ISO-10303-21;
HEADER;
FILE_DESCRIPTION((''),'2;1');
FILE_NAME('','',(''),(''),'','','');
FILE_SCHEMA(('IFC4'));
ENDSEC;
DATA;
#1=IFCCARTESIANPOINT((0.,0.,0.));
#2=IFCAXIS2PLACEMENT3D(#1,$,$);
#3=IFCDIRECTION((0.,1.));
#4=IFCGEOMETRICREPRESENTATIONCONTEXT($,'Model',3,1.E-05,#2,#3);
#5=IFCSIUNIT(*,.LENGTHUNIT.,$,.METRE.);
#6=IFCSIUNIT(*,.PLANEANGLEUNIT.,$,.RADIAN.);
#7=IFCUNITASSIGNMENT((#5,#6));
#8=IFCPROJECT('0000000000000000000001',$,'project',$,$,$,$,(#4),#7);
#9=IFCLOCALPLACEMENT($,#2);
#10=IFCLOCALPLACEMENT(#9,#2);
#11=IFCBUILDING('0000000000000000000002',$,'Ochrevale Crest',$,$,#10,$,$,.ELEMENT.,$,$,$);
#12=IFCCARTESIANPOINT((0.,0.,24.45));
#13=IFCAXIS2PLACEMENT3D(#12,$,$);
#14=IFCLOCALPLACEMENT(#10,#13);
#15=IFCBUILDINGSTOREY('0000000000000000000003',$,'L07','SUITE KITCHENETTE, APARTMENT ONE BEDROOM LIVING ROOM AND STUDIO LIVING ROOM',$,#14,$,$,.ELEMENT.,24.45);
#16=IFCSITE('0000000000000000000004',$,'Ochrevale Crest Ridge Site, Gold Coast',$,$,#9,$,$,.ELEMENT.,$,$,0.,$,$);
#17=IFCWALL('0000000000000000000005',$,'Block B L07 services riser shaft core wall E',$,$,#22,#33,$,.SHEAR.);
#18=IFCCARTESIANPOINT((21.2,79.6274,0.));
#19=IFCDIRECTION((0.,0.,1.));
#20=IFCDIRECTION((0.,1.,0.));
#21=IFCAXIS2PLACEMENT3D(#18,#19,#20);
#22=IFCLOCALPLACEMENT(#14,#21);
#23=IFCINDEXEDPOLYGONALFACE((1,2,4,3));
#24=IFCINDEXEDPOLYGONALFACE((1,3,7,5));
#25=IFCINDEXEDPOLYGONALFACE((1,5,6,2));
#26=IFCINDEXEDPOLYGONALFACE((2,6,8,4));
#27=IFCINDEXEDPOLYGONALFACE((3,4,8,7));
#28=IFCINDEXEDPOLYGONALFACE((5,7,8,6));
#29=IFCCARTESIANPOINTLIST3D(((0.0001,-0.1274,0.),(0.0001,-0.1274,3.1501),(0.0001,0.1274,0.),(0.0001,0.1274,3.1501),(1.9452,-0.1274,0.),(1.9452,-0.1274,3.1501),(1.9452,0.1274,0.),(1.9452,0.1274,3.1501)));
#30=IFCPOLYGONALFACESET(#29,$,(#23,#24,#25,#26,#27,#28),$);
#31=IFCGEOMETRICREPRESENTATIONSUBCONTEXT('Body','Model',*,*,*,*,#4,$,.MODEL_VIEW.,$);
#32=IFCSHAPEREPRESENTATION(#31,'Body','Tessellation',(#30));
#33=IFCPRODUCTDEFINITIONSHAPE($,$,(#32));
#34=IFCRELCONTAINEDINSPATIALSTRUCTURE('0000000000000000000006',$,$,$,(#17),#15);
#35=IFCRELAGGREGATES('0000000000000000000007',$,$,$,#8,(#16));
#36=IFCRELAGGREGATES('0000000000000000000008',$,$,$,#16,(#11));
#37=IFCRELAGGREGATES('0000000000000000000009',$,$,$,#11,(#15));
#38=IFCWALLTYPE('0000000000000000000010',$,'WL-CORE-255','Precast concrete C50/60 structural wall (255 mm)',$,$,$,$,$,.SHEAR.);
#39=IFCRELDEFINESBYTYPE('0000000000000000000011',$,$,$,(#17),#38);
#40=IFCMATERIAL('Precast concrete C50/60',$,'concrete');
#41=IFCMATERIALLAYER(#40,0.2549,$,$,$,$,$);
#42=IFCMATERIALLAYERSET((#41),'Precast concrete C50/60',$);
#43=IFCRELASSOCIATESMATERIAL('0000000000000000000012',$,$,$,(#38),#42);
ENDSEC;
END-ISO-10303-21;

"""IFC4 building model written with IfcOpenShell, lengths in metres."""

from ifc_helpers import new_model, si_unit, direction, frame, frame_2d, origin, place, context, subcontext, project, spatial, rectangle, extrude, material, layer, layer_set, type_object, element, save


model = new_model("IFC4")

# Units and contexts
model_context = context("Model", 3, precision=1e-05, world=origin(), true_north=direction((0.0, 1.0)))
body_context = subcontext(model_context, "Body", "Model", "MODEL_VIEW")
ifc_project = project(units=[si_unit("LENGTHUNIT", "METRE"), si_unit("PLANEANGLEUNIT", "RADIAN")], contexts=[model_context])

# Site, building, storey
site_placement = place(None, origin())
site = spatial("IfcSite", under=ifc_project, at=site_placement, Name="Ochrevale Crest Ridge Site, Gold Coast", CompositionType="ELEMENT", RefElevation=0.0)
building_placement = place(site_placement, origin())
building = spatial("IfcBuilding", under=site, at=building_placement, Name="Ochrevale Crest", CompositionType="ELEMENT")
storey_placement = place(building_placement, frame((0.0, 0.0, 24.45)))
storey = spatial("IfcBuildingStorey", under=building, at=storey_placement, Name="L07", Description="SUITE KITCHENETTE, APARTMENT ONE BEDROOM LIVING ROOM AND STUDIO LIVING ROOM", CompositionType="ELEMENT", Elevation=24.45)

# Shared definitions
ifc_material_1 = material(Name="Precast concrete C50/60", Category="concrete")

# Shared definitions
ifc_layer_1 = layer(ifc_material_1, 0.2549)
ifc_layer_set_1 = layer_set([ifc_layer_1], Name="Precast concrete C50/60")
wall_type_1 = type_object("IfcWallType", Name="WL-CORE-255", Description="Precast concrete C50/60 structural wall (255 mm)", PredefinedType="SHEAR", material=ifc_layer_set_1)

# Wall
wall_1_placement = place(storey_placement, frame((21.2, 79.6274, 0.0), z_axis=(0.0, 0.0, 1.0), x_axis=(0.0, 1.0, 0.0)))
element("IfcWall", 1, at=wall_1_placement, inside=storey, type_object=wall_type_1, Name="Block B L07 services riser shaft core wall E", PredefinedType="SHEAR", context=body_context, shape_type="SweptSolid", body=[
    extrude(rectangle(XDim=1.9451, YDim=0.2549, at=frame_2d((0.9727, 0.0))), origin(), (0.0, 0.0, 1.0), 3.1501),
])

save(model, "model.ifc")
